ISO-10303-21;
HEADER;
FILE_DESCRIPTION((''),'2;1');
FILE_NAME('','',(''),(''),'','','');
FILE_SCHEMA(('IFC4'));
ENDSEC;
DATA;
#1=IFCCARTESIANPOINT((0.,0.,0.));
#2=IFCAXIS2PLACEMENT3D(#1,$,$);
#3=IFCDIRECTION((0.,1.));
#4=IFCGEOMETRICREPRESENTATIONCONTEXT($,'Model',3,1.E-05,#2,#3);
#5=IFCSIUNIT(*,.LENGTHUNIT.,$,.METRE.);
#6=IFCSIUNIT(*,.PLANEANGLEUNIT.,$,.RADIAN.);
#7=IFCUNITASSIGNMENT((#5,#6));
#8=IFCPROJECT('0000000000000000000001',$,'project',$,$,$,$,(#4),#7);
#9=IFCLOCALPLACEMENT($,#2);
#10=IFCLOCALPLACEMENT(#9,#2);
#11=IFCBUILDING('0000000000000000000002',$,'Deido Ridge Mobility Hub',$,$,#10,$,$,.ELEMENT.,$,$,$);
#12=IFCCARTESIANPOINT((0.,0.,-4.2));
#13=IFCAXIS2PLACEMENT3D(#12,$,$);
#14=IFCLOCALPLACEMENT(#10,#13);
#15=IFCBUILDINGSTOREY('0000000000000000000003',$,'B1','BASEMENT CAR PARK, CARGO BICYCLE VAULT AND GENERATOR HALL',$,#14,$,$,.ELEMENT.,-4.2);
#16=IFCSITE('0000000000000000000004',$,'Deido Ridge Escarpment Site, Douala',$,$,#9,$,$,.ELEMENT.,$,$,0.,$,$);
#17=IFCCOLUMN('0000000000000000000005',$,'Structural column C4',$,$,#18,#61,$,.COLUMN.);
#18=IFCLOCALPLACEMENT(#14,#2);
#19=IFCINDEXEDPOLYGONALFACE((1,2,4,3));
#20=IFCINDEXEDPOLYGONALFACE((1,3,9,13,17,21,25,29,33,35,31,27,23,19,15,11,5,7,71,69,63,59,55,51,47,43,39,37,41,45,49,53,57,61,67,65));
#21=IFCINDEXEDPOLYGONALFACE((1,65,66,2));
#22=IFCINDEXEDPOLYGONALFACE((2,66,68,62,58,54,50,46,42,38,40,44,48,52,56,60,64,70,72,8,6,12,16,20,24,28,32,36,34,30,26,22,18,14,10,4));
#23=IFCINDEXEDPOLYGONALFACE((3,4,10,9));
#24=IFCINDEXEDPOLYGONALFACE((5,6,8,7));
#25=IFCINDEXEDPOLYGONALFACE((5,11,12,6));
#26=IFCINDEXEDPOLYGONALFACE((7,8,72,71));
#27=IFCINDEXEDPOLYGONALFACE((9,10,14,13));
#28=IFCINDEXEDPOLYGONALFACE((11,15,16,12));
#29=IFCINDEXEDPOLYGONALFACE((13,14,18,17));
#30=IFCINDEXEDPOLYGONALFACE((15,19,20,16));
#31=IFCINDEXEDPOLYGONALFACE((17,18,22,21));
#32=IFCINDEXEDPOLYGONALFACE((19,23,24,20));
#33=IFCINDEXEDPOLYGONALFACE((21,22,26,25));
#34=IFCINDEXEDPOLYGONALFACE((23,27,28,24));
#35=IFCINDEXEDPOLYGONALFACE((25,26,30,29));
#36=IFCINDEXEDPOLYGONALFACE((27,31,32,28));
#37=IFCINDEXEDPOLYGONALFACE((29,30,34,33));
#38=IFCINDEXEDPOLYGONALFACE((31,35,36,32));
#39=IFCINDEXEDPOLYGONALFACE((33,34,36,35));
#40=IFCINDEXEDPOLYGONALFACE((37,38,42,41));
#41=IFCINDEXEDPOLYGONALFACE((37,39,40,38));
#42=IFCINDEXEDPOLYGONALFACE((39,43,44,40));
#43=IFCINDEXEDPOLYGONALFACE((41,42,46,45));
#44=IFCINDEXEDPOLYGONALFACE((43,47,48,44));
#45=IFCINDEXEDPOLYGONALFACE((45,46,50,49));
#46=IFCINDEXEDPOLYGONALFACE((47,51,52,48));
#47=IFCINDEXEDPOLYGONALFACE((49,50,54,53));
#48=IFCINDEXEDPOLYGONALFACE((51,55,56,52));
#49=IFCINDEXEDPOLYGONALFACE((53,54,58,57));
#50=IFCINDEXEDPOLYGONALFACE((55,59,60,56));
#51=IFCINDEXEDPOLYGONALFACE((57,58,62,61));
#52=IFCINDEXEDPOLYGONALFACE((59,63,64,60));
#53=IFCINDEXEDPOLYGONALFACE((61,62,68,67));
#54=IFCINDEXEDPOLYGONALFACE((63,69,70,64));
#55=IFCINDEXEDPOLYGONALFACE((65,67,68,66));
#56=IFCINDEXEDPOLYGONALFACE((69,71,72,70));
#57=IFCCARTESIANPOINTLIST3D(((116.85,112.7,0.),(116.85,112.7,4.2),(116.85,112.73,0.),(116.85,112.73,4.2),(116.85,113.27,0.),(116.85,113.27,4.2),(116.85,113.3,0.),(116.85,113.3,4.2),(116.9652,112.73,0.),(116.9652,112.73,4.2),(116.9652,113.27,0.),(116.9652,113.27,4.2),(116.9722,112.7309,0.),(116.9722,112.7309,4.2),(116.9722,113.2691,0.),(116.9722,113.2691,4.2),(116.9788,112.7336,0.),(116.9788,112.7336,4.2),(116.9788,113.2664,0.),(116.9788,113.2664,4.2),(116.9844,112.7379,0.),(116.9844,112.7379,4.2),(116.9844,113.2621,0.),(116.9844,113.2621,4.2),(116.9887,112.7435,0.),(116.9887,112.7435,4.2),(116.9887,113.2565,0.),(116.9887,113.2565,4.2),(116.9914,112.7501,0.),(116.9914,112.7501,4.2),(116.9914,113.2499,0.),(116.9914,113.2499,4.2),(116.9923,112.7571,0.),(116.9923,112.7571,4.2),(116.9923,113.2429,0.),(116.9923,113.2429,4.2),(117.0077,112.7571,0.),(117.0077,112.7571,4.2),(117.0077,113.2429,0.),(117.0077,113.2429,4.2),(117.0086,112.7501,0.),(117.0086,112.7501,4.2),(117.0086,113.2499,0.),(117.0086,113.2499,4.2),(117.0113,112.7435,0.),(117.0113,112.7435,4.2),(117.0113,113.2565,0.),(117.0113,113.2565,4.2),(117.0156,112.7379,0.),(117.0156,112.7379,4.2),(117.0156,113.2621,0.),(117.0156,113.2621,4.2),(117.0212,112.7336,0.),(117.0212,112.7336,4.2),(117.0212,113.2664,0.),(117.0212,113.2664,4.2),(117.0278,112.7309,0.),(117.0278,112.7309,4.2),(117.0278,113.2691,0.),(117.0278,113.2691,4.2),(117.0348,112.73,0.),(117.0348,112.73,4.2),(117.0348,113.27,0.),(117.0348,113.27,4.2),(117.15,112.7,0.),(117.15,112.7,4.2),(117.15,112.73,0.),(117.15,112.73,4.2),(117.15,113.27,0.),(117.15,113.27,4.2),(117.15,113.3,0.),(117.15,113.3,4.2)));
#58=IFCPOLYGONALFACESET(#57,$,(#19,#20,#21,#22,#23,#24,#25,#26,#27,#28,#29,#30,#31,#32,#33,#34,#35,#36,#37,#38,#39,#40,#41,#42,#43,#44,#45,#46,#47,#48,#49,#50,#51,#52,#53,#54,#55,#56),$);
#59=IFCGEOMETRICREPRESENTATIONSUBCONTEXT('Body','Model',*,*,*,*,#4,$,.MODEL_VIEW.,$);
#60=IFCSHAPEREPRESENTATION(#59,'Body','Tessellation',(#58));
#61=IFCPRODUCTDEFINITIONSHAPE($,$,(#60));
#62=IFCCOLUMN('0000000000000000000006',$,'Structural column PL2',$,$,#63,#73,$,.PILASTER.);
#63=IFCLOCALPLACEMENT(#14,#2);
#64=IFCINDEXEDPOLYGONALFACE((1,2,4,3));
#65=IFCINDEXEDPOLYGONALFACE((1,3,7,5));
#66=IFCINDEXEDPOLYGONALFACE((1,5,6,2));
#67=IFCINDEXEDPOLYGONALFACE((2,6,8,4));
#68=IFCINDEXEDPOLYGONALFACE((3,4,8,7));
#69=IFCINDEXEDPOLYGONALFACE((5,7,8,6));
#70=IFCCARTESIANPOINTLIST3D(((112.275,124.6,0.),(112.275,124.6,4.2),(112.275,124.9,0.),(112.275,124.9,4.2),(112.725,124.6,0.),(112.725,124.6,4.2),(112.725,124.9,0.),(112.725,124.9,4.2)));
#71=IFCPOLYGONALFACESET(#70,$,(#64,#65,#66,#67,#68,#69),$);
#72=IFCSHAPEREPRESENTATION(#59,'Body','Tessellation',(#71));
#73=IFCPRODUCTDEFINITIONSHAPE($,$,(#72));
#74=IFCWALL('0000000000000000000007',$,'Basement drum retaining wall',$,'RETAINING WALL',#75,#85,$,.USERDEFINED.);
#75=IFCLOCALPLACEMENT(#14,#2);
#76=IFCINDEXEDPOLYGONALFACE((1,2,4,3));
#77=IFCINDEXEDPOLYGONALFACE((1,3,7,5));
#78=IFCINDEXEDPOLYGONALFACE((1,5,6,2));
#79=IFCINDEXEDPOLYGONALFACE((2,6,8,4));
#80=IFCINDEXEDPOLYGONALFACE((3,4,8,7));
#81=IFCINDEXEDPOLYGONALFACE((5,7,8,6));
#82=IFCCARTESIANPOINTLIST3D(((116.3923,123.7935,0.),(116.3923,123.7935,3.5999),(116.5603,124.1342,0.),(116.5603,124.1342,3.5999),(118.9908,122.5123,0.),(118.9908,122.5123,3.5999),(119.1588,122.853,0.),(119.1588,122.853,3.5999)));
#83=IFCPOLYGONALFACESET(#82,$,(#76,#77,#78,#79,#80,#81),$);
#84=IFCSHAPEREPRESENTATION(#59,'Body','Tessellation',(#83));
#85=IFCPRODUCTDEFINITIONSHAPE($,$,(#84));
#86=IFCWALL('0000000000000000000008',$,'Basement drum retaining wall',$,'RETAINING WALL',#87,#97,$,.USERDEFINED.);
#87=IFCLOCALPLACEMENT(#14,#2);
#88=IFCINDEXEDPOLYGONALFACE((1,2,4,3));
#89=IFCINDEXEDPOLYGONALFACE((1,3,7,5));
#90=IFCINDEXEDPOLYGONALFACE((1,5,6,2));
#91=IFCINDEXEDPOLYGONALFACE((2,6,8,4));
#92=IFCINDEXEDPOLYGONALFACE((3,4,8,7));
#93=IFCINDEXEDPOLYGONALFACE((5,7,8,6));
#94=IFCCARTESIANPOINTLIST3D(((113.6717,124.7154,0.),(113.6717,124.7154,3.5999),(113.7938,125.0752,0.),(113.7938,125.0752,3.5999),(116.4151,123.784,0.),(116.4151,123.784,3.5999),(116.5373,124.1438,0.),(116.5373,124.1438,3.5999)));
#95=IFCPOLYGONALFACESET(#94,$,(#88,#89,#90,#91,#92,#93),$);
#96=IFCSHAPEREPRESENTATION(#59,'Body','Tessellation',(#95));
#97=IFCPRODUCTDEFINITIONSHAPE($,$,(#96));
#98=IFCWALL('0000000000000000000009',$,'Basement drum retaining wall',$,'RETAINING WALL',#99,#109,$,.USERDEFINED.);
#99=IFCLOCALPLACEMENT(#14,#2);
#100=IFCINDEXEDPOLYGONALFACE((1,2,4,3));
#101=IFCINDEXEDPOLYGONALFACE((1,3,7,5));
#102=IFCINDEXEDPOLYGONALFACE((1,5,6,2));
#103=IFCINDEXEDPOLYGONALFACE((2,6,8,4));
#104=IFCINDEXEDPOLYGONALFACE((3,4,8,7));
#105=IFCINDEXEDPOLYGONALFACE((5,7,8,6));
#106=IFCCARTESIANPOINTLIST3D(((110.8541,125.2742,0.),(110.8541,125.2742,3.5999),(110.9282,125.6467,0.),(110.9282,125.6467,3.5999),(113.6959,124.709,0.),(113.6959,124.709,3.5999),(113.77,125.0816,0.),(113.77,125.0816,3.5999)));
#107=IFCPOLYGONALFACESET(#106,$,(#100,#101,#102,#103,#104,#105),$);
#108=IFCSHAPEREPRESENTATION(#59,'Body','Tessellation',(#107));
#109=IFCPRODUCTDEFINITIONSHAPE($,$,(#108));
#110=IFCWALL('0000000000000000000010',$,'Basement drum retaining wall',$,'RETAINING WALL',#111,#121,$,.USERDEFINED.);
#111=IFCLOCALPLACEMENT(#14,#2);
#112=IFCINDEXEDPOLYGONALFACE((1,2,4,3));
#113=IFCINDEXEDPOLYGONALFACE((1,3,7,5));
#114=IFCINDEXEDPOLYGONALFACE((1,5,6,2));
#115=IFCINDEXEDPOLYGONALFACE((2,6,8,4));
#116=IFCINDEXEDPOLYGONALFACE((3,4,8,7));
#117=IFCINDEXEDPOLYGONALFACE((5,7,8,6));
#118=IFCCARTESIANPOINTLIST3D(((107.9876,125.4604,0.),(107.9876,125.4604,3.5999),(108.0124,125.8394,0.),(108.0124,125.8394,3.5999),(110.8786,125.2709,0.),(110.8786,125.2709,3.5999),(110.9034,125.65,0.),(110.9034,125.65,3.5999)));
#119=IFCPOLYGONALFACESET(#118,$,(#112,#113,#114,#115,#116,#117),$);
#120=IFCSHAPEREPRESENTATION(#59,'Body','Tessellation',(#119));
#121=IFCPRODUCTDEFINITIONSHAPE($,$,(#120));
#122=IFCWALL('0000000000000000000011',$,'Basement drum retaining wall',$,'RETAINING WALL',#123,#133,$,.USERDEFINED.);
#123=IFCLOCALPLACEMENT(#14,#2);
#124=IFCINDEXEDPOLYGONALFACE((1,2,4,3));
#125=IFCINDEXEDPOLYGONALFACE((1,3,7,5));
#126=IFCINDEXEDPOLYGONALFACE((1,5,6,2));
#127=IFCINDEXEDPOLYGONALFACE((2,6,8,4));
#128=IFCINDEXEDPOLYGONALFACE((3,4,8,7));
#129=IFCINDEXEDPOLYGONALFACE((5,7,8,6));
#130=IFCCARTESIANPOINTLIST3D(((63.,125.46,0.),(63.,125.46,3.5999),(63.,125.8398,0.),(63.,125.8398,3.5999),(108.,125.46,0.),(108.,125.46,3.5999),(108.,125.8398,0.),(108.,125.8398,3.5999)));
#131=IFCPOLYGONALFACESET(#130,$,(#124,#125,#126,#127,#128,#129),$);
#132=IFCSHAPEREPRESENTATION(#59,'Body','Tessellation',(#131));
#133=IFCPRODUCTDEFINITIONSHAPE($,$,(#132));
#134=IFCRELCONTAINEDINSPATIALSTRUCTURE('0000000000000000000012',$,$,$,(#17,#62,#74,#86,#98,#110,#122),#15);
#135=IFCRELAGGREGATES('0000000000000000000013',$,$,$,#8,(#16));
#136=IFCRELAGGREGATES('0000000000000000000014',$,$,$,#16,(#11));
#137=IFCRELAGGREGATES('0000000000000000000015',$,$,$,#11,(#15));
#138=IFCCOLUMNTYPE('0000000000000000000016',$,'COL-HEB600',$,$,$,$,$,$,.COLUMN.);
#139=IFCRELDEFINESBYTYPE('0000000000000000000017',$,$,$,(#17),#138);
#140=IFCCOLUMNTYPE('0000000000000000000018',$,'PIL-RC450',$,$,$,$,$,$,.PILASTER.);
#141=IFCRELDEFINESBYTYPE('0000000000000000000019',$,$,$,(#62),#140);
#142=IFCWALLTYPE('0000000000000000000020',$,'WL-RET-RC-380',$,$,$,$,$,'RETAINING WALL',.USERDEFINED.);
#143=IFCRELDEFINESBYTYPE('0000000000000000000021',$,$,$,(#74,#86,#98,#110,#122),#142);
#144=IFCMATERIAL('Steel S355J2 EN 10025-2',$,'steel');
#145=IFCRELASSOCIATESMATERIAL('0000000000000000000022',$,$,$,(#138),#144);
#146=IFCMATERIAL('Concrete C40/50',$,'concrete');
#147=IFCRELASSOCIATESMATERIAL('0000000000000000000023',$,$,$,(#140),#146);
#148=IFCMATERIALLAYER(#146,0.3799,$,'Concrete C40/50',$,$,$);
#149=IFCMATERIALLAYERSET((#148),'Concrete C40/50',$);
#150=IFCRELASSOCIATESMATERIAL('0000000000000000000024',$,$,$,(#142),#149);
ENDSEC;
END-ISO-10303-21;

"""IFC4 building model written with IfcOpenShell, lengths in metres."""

from ifc_helpers import new_model, si_unit, direction, frame, frame_2d, origin, origin_2d, place, context, subcontext, project, spatial, rectangle, i_section, extrude, material, layer, layer_set, material_profile, profile_set, type_object, element, save


model = new_model("IFC4")

# Units and contexts
model_context = context("Model", 3, precision=1e-05, world=origin(), true_north=direction((0.0, 1.0)))
body_context = subcontext(model_context, "Body", "Model", "MODEL_VIEW")
ifc_project = project(units=[si_unit("LENGTHUNIT", "METRE"), si_unit("PLANEANGLEUNIT", "RADIAN")], contexts=[model_context])

# Site, building, storey
site_placement = place(None, origin())
site = spatial("IfcSite", under=ifc_project, at=site_placement, Name="Deido Ridge Escarpment Site, Douala", CompositionType="ELEMENT", RefElevation=0.0)
building_placement = place(site_placement, origin())
building = spatial("IfcBuilding", under=site, at=building_placement, Name="Deido Ridge Mobility Hub", CompositionType="ELEMENT")
storey_placement = place(building_placement, frame((0.0, 0.0, -4.2)))
storey = spatial("IfcBuildingStorey", under=building, at=storey_placement, Name="B1", Description="BASEMENT CAR PARK, CARGO BICYCLE VAULT AND GENERATOR HALL", CompositionType="ELEMENT", Elevation=-4.2)

# Shared definitions
ifc_material_1 = material(Name="Concrete C40/50", Category="concrete")

# Columns
ifc_material_2 = material(Name="Steel S355J2 EN 10025-2", Category="steel")
ifc_material_profile_1 = material_profile(ifc_material_2, i_section(OverallWidth=0.3, OverallDepth=0.6001, WebThickness=0.0154, FlangeThickness=0.03, FilletRadius=0.0271, at=origin_2d()), Name="HEB 600")
ifc_profile_set_1 = profile_set([ifc_material_profile_1], Name="Steel S355J2 EN 10025-2")
column_type_1 = type_object("IfcColumnType", Name="COL-HEB600", PredefinedType="COLUMN", material=ifc_profile_set_1)
for number, where, z_axis, x_axis, name in (
    (1, (117.0, 113.0, 0.0), (0.0, 0.0, 1.0), (1.0, 0.0, 0.0), "Structural column C4"),
):
    element("IfcColumn", number, at=place(storey_placement, frame(where, z_axis=z_axis, x_axis=x_axis)), inside=storey, type_object=column_type_1, Name=name, PredefinedType="COLUMN", context=body_context, shape_type="SweptSolid", body=[
        extrude(i_section(OverallWidth=0.3, OverallDepth=0.6001, WebThickness=0.0154, FlangeThickness=0.03, FilletRadius=0.0271, at=origin_2d()), origin(), (0.0, 0.0, 1.0), 4.2),
    ])
ifc_material_profile_2 = material_profile(ifc_material_1, rectangle(XDim=0.45, YDim=0.3, at=origin_2d()), Name="RC PILASTER 450x300")
ifc_profile_set_2 = profile_set([ifc_material_profile_2], Name="Concrete C40/50")
column_type_2 = type_object("IfcColumnType", Name="PIL-RC450", PredefinedType="PILASTER", material=ifc_profile_set_2)
column_placement = place(storey_placement, frame((112.5, 124.75, 0.0), z_axis=(0.0, 0.0, 1.0), x_axis=(1.0, 0.0, 0.0)))
element("IfcColumn", 2, at=column_placement, inside=storey, type_object=column_type_2, Name="Structural column PL2", PredefinedType="PILASTER", context=body_context, shape_type="SweptSolid", body=[
    extrude(rectangle(XDim=0.45, YDim=0.3, at=origin_2d()), origin(), (0.0, 0.0, 1.0), 4.2),
])

# Walls
ifc_layer = layer(ifc_material_1, 0.3799, Name="Concrete C40/50")
ifc_layer_set = layer_set([ifc_layer], Name="Concrete C40/50")
wall_type = type_object("IfcWallType", Name="WL-RET-RC-380", ElementType="RETAINING WALL", PredefinedType="USERDEFINED", material=ifc_layer_set)
for number, where, z_axis, x_axis, name in (
    (3, (119.075, 122.6826, 0.0), (0.0, 0.0, 1.0), (-0.896907, 0.442218, 0.0), "Basement drum retaining wall"),
    (4, (116.4763, 123.9639, 0.0), (0.0, 0.0, 1.0), (-0.946916, 0.321481, 0.0), "Basement drum retaining wall"),
):
    element("IfcWall", number, at=place(storey_placement, frame(where, z_axis=z_axis, x_axis=x_axis)), inside=storey, type_object=wall_type, Name=name, ObjectType="RETAINING WALL", PredefinedType="USERDEFINED", context=body_context, shape_type="SweptSolid", body=[
        extrude(rectangle(XDim=2.8972, YDim=0.3799, at=frame_2d((1.4487, 0.0))), origin(), (0.0, 0.0, 1.0), 3.5999),
    ])
wall_1_placement = place(storey_placement, frame((113.7329, 124.8953, 0.0), z_axis=(0.0, 0.0, 1.0), x_axis=(-0.980791, 0.195063, 0.0)))
element("IfcWall", 5, at=wall_1_placement, inside=storey, type_object=wall_type, Name="Basement drum retaining wall", ObjectType="RETAINING WALL", PredefinedType="USERDEFINED", context=body_context, shape_type="SweptSolid", body=[
    extrude(rectangle(XDim=2.8975, YDim=0.3799, at=frame_2d((1.4487, 0.0))), origin(), (0.0, 0.0, 1.0), 3.5999),
])
wall_2_placement = place(storey_placement, frame((110.8911, 125.4604, 0.0), z_axis=(0.0, 0.0, 1.0), x_axis=(-0.99786, 0.065389, 0.0)))
element("IfcWall", 6, at=wall_2_placement, inside=storey, type_object=wall_type, Name="Basement drum retaining wall", ObjectType="RETAINING WALL", PredefinedType="USERDEFINED", context=body_context, shape_type="SweptSolid", body=[
    extrude(rectangle(XDim=2.8972, YDim=0.3799, at=frame_2d((1.4487, 0.0))), origin(), (0.0, 0.0, 1.0), 3.5999),
])
wall_3_placement = place(storey_placement, frame((108.0, 125.6499, 0.0), z_axis=(0.0, 0.0, 1.0), x_axis=(-1.0, 0.0, 0.0)))
element("IfcWall", 7, at=wall_3_placement, inside=storey, type_object=wall_type, Name="Basement drum retaining wall", ObjectType="RETAINING WALL", PredefinedType="USERDEFINED", context=body_context, shape_type="SweptSolid", body=[
    extrude(rectangle(XDim=45.0, YDim=0.3799, at=frame_2d((22.5, 0.0))), origin(), (0.0, 0.0, 1.0), 3.5999),
])

save(model, "model.ifc")
